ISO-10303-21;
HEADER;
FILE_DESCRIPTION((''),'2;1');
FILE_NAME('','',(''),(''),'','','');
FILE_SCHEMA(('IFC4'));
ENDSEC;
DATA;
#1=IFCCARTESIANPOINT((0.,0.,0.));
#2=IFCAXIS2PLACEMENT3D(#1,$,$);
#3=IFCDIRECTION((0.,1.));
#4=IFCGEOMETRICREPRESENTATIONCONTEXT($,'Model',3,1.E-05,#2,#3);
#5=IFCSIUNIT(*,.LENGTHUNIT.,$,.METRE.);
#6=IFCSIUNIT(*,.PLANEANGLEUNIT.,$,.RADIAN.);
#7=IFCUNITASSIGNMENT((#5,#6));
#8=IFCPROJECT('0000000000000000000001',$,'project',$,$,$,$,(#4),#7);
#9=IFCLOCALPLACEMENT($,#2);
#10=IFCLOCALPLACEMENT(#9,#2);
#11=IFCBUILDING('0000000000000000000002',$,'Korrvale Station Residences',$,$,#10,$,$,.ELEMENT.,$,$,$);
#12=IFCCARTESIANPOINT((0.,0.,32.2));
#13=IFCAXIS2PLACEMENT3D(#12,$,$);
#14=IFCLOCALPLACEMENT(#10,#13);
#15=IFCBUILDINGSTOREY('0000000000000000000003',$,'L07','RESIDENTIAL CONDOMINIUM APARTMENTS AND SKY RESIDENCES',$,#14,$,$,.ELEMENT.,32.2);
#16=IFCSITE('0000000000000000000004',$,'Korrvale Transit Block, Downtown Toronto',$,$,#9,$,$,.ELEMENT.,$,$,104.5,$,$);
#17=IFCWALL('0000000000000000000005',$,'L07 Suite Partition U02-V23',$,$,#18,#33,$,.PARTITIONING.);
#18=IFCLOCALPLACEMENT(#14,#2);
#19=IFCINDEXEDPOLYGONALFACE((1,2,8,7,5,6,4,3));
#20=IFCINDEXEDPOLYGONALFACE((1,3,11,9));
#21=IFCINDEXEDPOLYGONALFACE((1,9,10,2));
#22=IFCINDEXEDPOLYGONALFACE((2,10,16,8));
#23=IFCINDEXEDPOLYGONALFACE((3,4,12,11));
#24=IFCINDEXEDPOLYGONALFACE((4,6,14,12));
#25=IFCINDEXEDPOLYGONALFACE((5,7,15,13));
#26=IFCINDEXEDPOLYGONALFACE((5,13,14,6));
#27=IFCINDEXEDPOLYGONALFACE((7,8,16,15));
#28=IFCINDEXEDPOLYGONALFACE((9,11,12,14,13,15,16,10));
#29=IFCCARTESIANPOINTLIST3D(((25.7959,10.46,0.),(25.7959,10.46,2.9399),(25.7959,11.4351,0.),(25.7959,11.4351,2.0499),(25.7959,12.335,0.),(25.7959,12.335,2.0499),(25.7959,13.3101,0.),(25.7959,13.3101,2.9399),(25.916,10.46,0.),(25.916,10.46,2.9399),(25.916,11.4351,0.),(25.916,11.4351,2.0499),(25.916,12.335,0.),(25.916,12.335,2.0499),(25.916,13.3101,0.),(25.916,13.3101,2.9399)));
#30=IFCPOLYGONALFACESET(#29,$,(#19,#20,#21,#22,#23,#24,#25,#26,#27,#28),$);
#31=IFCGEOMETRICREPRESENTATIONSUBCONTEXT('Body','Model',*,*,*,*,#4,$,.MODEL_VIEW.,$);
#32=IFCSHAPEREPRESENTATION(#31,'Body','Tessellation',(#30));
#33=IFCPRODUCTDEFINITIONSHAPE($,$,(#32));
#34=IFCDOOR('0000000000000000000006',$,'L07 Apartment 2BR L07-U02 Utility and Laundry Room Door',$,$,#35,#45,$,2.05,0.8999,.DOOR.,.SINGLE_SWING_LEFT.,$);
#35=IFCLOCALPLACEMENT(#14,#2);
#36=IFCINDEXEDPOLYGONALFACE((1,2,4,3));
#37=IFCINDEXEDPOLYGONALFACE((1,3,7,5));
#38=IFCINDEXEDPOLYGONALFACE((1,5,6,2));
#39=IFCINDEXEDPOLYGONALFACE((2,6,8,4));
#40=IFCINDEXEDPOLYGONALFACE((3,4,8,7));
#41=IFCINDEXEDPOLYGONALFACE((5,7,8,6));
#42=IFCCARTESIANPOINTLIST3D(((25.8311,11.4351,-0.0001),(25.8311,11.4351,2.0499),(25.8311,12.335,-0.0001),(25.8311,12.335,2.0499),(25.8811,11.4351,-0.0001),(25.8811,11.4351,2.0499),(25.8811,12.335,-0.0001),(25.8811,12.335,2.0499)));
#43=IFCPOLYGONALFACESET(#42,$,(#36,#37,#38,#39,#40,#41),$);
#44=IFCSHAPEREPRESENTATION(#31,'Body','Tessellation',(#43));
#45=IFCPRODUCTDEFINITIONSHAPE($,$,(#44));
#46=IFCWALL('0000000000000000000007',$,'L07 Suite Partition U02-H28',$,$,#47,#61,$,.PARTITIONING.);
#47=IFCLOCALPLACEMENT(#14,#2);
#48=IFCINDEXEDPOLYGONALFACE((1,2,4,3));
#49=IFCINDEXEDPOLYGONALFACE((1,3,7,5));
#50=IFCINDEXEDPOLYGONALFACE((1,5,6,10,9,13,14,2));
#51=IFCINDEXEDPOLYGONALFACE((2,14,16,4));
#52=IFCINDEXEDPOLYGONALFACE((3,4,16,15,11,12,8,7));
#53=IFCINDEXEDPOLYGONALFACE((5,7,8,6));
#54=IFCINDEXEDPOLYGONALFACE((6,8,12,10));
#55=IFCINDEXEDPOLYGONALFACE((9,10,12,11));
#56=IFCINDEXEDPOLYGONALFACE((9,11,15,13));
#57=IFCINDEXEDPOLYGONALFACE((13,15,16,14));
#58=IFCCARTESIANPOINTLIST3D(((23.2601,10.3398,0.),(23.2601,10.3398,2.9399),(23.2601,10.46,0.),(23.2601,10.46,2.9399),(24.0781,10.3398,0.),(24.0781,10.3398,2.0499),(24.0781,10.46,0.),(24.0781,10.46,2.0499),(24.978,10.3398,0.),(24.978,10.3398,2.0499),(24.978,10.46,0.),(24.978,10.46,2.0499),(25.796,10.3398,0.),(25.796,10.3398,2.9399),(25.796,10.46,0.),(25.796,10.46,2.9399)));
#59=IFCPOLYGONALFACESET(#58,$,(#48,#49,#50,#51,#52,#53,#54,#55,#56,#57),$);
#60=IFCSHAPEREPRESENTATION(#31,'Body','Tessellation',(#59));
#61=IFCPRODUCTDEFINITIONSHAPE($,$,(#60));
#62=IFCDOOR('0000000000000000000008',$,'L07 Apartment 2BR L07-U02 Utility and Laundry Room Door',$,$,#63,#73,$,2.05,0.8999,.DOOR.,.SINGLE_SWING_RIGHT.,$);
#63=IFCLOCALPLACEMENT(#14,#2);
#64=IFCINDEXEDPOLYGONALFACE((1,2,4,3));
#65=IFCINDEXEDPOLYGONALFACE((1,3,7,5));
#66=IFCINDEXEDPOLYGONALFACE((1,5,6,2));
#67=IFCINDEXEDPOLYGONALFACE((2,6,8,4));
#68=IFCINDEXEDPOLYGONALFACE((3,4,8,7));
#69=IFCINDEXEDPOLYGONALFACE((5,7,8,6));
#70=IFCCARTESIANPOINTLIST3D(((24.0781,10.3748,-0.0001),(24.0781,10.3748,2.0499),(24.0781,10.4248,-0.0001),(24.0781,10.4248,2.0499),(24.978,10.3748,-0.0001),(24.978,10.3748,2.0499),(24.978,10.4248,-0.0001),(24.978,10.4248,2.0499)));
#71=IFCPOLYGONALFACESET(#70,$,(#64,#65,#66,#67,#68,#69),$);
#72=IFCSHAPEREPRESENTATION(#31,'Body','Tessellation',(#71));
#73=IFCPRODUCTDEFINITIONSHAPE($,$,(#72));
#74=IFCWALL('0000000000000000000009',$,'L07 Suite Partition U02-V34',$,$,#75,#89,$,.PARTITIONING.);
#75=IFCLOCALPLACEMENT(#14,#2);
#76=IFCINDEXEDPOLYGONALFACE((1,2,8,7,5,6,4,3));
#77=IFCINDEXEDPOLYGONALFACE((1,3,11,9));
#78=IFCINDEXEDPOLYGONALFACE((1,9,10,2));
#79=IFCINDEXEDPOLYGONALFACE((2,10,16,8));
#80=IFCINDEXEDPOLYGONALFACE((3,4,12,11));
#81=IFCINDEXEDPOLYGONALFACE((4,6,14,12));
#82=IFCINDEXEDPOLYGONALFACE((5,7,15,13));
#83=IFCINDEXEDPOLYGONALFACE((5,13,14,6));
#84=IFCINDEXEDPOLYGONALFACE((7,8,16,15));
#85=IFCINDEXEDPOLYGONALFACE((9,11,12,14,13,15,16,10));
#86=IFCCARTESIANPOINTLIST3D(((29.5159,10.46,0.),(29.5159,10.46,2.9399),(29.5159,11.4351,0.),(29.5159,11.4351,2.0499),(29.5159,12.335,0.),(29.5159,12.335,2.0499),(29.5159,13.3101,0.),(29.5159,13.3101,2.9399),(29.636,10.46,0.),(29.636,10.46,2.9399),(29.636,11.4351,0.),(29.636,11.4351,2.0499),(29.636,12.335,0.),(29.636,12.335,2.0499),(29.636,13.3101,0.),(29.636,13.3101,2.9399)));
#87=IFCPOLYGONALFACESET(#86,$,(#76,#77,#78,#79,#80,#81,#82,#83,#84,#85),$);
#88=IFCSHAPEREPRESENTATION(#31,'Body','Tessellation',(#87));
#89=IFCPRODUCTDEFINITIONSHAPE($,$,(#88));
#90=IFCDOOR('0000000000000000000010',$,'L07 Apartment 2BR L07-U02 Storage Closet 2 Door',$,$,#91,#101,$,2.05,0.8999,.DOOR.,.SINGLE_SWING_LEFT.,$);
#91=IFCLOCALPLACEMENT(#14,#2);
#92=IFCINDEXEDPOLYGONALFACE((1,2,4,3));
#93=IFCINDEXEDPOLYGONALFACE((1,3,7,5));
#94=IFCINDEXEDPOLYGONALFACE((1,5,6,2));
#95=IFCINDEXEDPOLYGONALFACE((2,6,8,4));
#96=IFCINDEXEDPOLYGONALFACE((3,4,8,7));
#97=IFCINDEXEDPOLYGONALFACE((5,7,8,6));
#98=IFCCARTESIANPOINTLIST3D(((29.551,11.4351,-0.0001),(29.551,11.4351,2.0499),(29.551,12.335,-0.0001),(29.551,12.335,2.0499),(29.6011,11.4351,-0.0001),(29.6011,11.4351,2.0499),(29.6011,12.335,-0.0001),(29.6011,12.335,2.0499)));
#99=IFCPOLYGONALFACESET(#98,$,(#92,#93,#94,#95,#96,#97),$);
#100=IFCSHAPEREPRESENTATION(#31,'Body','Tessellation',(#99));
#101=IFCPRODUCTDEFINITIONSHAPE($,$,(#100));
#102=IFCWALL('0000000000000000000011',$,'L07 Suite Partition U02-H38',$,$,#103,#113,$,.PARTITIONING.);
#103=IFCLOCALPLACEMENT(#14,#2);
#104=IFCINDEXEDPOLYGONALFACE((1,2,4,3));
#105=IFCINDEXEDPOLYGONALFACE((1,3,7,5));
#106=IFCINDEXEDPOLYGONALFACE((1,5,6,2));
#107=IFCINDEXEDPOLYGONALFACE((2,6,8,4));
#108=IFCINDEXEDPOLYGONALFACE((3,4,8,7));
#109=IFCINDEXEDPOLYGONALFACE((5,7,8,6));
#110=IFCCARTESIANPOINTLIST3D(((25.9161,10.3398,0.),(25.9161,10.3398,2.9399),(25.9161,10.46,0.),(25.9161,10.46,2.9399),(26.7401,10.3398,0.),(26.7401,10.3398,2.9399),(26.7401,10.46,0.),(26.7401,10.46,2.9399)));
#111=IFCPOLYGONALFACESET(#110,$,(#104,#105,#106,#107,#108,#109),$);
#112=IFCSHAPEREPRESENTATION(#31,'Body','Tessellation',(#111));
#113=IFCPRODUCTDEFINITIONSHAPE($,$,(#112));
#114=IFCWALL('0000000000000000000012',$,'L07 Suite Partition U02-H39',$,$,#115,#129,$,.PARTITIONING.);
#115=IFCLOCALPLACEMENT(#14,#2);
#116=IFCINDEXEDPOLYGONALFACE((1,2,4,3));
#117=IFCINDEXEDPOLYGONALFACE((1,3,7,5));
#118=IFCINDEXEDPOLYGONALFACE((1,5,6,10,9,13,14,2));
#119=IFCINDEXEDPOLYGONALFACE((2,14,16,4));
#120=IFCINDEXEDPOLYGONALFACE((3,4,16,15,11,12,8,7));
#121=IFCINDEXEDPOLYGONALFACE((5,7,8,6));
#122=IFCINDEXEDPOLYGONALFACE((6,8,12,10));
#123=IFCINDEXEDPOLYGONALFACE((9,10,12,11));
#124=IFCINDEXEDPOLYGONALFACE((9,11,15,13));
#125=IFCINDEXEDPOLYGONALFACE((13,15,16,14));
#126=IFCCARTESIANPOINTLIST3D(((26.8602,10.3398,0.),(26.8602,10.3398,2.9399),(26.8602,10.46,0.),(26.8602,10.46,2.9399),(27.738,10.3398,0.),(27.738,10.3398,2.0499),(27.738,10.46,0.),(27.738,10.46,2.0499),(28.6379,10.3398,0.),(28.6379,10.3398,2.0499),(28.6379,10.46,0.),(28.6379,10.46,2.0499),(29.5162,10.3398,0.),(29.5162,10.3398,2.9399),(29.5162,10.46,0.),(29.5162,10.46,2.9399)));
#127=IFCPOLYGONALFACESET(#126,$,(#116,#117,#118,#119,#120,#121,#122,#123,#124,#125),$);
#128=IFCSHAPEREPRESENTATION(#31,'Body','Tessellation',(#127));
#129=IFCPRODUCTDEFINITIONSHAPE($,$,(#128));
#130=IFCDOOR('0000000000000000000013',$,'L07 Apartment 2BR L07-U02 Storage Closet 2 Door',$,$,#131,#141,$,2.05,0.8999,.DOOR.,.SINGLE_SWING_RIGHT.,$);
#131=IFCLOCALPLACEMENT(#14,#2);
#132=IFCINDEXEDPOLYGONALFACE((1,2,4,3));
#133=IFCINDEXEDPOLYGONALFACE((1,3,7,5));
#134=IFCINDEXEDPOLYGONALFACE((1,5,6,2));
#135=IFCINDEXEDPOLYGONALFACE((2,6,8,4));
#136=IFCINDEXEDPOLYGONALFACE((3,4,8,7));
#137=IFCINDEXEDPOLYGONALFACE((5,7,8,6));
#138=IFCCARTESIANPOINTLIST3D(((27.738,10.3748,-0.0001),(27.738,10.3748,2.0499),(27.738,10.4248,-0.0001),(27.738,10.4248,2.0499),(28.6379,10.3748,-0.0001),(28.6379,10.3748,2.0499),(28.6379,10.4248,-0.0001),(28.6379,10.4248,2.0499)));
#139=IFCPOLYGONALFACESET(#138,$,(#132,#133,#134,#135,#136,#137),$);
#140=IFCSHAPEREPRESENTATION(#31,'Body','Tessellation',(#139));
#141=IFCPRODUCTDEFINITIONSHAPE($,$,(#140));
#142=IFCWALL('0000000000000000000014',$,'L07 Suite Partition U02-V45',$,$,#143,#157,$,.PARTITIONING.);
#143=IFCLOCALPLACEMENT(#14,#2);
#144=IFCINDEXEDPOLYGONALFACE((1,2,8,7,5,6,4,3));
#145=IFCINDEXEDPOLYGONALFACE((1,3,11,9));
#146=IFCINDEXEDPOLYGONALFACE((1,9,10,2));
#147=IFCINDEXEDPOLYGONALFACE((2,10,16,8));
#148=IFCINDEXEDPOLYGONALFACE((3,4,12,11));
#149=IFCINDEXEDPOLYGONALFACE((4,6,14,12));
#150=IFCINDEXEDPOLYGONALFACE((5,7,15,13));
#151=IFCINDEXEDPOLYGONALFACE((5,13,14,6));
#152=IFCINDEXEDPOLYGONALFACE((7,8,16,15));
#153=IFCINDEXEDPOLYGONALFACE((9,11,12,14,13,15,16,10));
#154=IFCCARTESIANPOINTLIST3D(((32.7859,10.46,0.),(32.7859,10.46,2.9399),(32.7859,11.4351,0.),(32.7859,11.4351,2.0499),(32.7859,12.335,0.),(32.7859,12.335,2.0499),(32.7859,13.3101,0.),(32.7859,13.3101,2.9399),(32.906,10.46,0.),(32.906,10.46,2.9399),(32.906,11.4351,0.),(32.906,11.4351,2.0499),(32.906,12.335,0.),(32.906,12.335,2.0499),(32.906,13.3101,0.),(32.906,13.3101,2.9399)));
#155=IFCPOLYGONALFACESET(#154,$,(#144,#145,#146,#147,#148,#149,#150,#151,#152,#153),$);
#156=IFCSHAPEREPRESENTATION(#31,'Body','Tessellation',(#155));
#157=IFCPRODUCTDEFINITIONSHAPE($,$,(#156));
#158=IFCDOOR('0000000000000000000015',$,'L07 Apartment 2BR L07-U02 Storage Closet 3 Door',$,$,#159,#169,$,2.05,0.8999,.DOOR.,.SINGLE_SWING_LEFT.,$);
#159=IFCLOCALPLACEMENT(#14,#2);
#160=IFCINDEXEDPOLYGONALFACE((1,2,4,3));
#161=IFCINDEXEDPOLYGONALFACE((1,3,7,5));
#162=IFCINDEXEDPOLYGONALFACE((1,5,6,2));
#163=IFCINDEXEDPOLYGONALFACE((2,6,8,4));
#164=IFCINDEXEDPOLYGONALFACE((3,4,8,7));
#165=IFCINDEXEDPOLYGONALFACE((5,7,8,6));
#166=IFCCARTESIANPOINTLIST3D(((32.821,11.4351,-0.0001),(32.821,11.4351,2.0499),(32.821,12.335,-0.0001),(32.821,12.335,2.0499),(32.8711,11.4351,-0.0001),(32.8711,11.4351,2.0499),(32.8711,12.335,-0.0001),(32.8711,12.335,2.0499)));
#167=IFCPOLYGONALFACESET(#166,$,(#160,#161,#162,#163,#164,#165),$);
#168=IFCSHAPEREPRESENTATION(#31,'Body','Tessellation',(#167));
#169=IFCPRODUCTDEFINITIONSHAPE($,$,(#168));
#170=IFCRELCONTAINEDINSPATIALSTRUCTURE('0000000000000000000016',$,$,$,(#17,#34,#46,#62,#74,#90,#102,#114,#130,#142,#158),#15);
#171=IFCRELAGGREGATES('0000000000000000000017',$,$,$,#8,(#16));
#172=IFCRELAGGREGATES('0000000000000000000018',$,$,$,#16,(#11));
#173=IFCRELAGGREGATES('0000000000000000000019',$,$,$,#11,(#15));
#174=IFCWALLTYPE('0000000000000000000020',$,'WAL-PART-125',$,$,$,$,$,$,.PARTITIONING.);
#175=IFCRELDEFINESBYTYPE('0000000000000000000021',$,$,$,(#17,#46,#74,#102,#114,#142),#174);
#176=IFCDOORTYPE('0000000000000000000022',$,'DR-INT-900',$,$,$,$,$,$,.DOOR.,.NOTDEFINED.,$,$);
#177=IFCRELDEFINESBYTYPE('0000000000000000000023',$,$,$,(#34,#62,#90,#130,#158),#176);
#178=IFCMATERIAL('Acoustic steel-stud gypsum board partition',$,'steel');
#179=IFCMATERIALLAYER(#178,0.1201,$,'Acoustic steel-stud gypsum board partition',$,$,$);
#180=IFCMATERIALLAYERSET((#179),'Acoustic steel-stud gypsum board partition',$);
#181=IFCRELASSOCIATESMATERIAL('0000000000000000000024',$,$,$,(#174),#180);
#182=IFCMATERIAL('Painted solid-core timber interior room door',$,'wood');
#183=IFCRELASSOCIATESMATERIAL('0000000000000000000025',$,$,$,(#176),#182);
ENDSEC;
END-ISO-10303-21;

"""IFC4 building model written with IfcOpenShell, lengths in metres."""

from ifc_helpers import new_model, si_unit, direction, frame, frame_2d, origin, place, context, subcontext, project, spatial, rectangle, extrude, material, layer, layer_set, type_object, element, fill, save


model = new_model("IFC4")

# Units and contexts
model_context = context("Model", 3, precision=1e-05, world=origin(), true_north=direction((0.0, 1.0)))
body_context = subcontext(model_context, "Body", "Model", "MODEL_VIEW")
ifc_project = project(units=[si_unit("LENGTHUNIT", "METRE"), si_unit("PLANEANGLEUNIT", "RADIAN")], contexts=[model_context])

# Site, building, storey
site_placement = place(None, origin())
site = spatial("IfcSite", under=ifc_project, at=site_placement, Name="Korrvale Transit Block, Downtown Toronto", CompositionType="ELEMENT", RefElevation=104.5)
building_placement = place(site_placement, origin())
building = spatial("IfcBuilding", under=site, at=building_placement, Name="Korrvale Station Residences", CompositionType="ELEMENT")
storey_placement = place(building_placement, frame((0.0, 0.0, 32.2)))
storey = spatial("IfcBuildingStorey", under=building, at=storey_placement, Name="L07", Description="RESIDENTIAL CONDOMINIUM APARTMENTS AND SKY RESIDENCES", CompositionType="ELEMENT", Elevation=32.2)

# Walls, openings, doors
ifc_material_1 = material(Name="Acoustic steel-stud gypsum board partition", Category="steel")
ifc_layer_1 = layer(ifc_material_1, 0.1201, Name="Acoustic steel-stud gypsum board partition")
ifc_layer_set_1 = layer_set([ifc_layer_1], Name="Acoustic steel-stud gypsum board partition")
wall_type = type_object("IfcWallType", Name="WAL-PART-125", PredefinedType="PARTITIONING", material=ifc_layer_set_1)
wall_1_placement = place(storey_placement, frame((25.856, 10.46, 0.0), z_axis=(0.0, 0.0, 1.0), x_axis=(0.0, 1.0, 0.0)))
wall_1 = element("IfcWall", 1, at=wall_1_placement, inside=storey, type_object=wall_type, Name="L07 Suite Partition U02-V23", PredefinedType="PARTITIONING", context=body_context, shape_type="SweptSolid", body=[
    extrude(rectangle(XDim=2.8501, YDim=0.1201, at=frame_2d((1.425, 0.0))), origin(), (0.0, 0.0, 1.0), 2.9399),
])
opening_1_placement = place(wall_1_placement, frame((0.9751, 0.0, 0.0)))
opening_1 = element("IfcOpeningElement", 2, at=opening_1_placement, cuts=wall_1, PredefinedType="OPENING", context=body_context, shape_type="SweptSolid", body=[
    extrude(rectangle(XDim=0.8999, YDim=2.05, at=frame_2d((0.45, 1.0249))), frame((0.0, 0.0701, 0.0), z_axis=(0.0, -1.0, 0.0), x_axis=(1.0, 0.0, 0.0)), (0.0, 0.0, 1.0), 0.1401),
])
ifc_material_2 = material(Name="Painted solid-core timber interior room door", Category="wood")
door_type = type_object("IfcDoorType", Name="DR-INT-900", OperationType="NOTDEFINED", PredefinedType="DOOR", material=ifc_material_2)
door_1_placement = place(opening_1_placement, origin())
door_1 = element("IfcDoor", 3, at=door_1_placement, inside=storey, type_object=door_type, Name="L07 Apartment 2BR L07-U02 Utility and Laundry Room Door", OperationType="SINGLE_SWING_LEFT", OverallHeight=2.05, OverallWidth=0.8999, PredefinedType="DOOR", context=body_context, shape_type="SweptSolid", body=[
    extrude(rectangle(XDim=0.8999, YDim=2.05, at=frame_2d((0.45, 1.0249))), frame((0.0, 0.0249, 0.0), z_axis=(0.0, -1.0, 0.0), x_axis=(1.0, 0.0, 0.0)), (0.0, 0.0, 1.0), 0.05),
])
fill(opening_1, door_1)
wall_2_placement = place(storey_placement, frame((23.26, 10.3999, 0.0), z_axis=(0.0, 0.0, 1.0), x_axis=(1.0, 0.0, 0.0)))
wall_2 = element("IfcWall", 4, at=wall_2_placement, inside=storey, type_object=wall_type, Name="L07 Suite Partition U02-H28", PredefinedType="PARTITIONING", context=body_context, shape_type="SweptSolid", body=[
    extrude(rectangle(XDim=2.5359, YDim=0.1201, at=frame_2d((1.2681, 0.0))), origin(), (0.0, 0.0, 1.0), 2.9399),
])
opening_2_placement = place(wall_2_placement, frame((0.8181, 0.0, 0.0)))
opening_2 = element("IfcOpeningElement", 5, at=opening_2_placement, cuts=wall_2, PredefinedType="OPENING", context=body_context, shape_type="SweptSolid", body=[
    extrude(rectangle(XDim=0.8999, YDim=2.05, at=frame_2d((0.45, 1.0249))), frame((0.0, 0.0701, 0.0), z_axis=(0.0, -1.0, 0.0), x_axis=(1.0, 0.0, 0.0)), (0.0, 0.0, 1.0), 0.1401),
])
door_2_placement = place(opening_2_placement, origin())
door_2 = element("IfcDoor", 6, at=door_2_placement, inside=storey, type_object=door_type, Name="L07 Apartment 2BR L07-U02 Utility and Laundry Room Door", OperationType="SINGLE_SWING_RIGHT", OverallHeight=2.05, OverallWidth=0.8999, PredefinedType="DOOR", context=body_context, shape_type="SweptSolid", body=[
    extrude(rectangle(XDim=0.8999, YDim=2.05, at=frame_2d((0.45, 1.0249))), frame((0.0, 0.0249, 0.0), z_axis=(0.0, -1.0, 0.0), x_axis=(1.0, 0.0, 0.0)), (0.0, 0.0, 1.0), 0.05),
])
fill(opening_2, door_2)
wall_3_placement = place(storey_placement, frame((29.5759, 10.46, 0.0), z_axis=(0.0, 0.0, 1.0), x_axis=(0.0, 1.0, 0.0)))
wall_3 = element("IfcWall", 7, at=wall_3_placement, inside=storey, type_object=wall_type, Name="L07 Suite Partition U02-V34", PredefinedType="PARTITIONING", context=body_context, shape_type="SweptSolid", body=[
    extrude(rectangle(XDim=2.8501, YDim=0.1201, at=frame_2d((1.425, 0.0))), origin(), (0.0, 0.0, 1.0), 2.9399),
])
opening_3_placement = place(wall_3_placement, frame((0.9751, 0.0, 0.0)))
opening_3 = element("IfcOpeningElement", 8, at=opening_3_placement, cuts=wall_3, PredefinedType="OPENING", context=body_context, shape_type="SweptSolid", body=[
    extrude(rectangle(XDim=0.8999, YDim=2.05, at=frame_2d((0.45, 1.0249))), frame((0.0, 0.0701, 0.0), z_axis=(0.0, -1.0, 0.0), x_axis=(1.0, 0.0, 0.0)), (0.0, 0.0, 1.0), 0.1401),
])
door_3_placement = place(opening_3_placement, origin())
door_3 = element("IfcDoor", 9, at=door_3_placement, inside=storey, type_object=door_type, Name="L07 Apartment 2BR L07-U02 Storage Closet 2 Door", OperationType="SINGLE_SWING_LEFT", OverallHeight=2.05, OverallWidth=0.8999, PredefinedType="DOOR", context=body_context, shape_type="SweptSolid", body=[
    extrude(rectangle(XDim=0.8999, YDim=2.05, at=frame_2d((0.45, 1.0249))), frame((0.0, 0.0249, 0.0), z_axis=(0.0, -1.0, 0.0), x_axis=(1.0, 0.0, 0.0)), (0.0, 0.0, 1.0), 0.05),
])
fill(opening_3, door_3)

# Wall
wall_4_placement = place(storey_placement, frame((25.916, 10.3999, 0.0), z_axis=(0.0, 0.0, 1.0), x_axis=(1.0, 0.0, 0.0)))
element("IfcWall", 10, at=wall_4_placement, inside=storey, type_object=wall_type, Name="L07 Suite Partition U02-H38", PredefinedType="PARTITIONING", context=body_context, shape_type="SweptSolid", body=[
    extrude(rectangle(XDim=0.824, YDim=0.1201, at=frame_2d((0.4121, 0.0))), origin(), (0.0, 0.0, 1.0), 2.9399),
])

# Walls, openings, doors
wall_5_placement = place(storey_placement, frame((26.8601, 10.3999, 0.0), z_axis=(0.0, 0.0, 1.0), x_axis=(1.0, 0.0, 0.0)))
wall_5 = element("IfcWall", 11, at=wall_5_placement, inside=storey, type_object=wall_type, Name="L07 Suite Partition U02-H39", PredefinedType="PARTITIONING", context=body_context, shape_type="SweptSolid", body=[
    extrude(rectangle(XDim=2.656, YDim=0.1201, at=frame_2d((1.3281, 0.0))), origin(), (0.0, 0.0, 1.0), 2.9399),
])
opening_4_placement = place(wall_5_placement, frame((0.8779, 0.0, 0.0)))
opening_4 = element("IfcOpeningElement", 12, at=opening_4_placement, cuts=wall_5, PredefinedType="OPENING", context=body_context, shape_type="SweptSolid", body=[
    extrude(rectangle(XDim=0.8999, YDim=2.05, at=frame_2d((0.45, 1.0249))), frame((0.0, 0.0701, 0.0), z_axis=(0.0, -1.0, 0.0), x_axis=(1.0, 0.0, 0.0)), (0.0, 0.0, 1.0), 0.1401),
])
door_4_placement = place(opening_4_placement, origin())
door_4 = element("IfcDoor", 13, at=door_4_placement, inside=storey, type_object=door_type, Name="L07 Apartment 2BR L07-U02 Storage Closet 2 Door", OperationType="SINGLE_SWING_RIGHT", OverallHeight=2.05, OverallWidth=0.8999, PredefinedType="DOOR", context=body_context, shape_type="SweptSolid", body=[
    extrude(rectangle(XDim=0.8999, YDim=2.05, at=frame_2d((0.45, 1.0249))), frame((0.0, 0.0249, 0.0), z_axis=(0.0, -1.0, 0.0), x_axis=(1.0, 0.0, 0.0)), (0.0, 0.0, 1.0), 0.05),
])
fill(opening_4, door_4)
wall_6_placement = place(storey_placement, frame((32.8459, 10.46, 0.0), z_axis=(0.0, 0.0, 1.0), x_axis=(0.0, 1.0, 0.0)))
wall_6 = element("IfcWall", 14, at=wall_6_placement, inside=storey, type_object=wall_type, Name="L07 Suite Partition U02-V45", PredefinedType="PARTITIONING", context=body_context, shape_type="SweptSolid", body=[
    extrude(rectangle(XDim=2.8501, YDim=0.1201, at=frame_2d((1.425, 0.0))), origin(), (0.0, 0.0, 1.0), 2.9399),
])
opening_5_placement = place(wall_6_placement, frame((0.9751, 0.0, 0.0)))
opening_5 = element("IfcOpeningElement", 15, at=opening_5_placement, cuts=wall_6, PredefinedType="OPENING", context=body_context, shape_type="SweptSolid", body=[
    extrude(rectangle(XDim=0.8999, YDim=2.05, at=frame_2d((0.45, 1.0249))), frame((0.0, 0.0701, 0.0), z_axis=(0.0, -1.0, 0.0), x_axis=(1.0, 0.0, 0.0)), (0.0, 0.0, 1.0), 0.1401),
])
door_5_placement = place(opening_5_placement, origin())
door_5 = element("IfcDoor", 16, at=door_5_placement, inside=storey, type_object=door_type, Name="L07 Apartment 2BR L07-U02 Storage Closet 3 Door", OperationType="SINGLE_SWING_LEFT", OverallHeight=2.05, OverallWidth=0.8999, PredefinedType="DOOR", context=body_context, shape_type="SweptSolid", body=[
    extrude(rectangle(XDim=0.8999, YDim=2.05, at=frame_2d((0.45, 1.0249))), frame((0.0, 0.0249, 0.0), z_axis=(0.0, -1.0, 0.0), x_axis=(1.0, 0.0, 0.0)), (0.0, 0.0, 1.0), 0.05),
])
fill(opening_5, door_5)

save(model, "model.ifc")
